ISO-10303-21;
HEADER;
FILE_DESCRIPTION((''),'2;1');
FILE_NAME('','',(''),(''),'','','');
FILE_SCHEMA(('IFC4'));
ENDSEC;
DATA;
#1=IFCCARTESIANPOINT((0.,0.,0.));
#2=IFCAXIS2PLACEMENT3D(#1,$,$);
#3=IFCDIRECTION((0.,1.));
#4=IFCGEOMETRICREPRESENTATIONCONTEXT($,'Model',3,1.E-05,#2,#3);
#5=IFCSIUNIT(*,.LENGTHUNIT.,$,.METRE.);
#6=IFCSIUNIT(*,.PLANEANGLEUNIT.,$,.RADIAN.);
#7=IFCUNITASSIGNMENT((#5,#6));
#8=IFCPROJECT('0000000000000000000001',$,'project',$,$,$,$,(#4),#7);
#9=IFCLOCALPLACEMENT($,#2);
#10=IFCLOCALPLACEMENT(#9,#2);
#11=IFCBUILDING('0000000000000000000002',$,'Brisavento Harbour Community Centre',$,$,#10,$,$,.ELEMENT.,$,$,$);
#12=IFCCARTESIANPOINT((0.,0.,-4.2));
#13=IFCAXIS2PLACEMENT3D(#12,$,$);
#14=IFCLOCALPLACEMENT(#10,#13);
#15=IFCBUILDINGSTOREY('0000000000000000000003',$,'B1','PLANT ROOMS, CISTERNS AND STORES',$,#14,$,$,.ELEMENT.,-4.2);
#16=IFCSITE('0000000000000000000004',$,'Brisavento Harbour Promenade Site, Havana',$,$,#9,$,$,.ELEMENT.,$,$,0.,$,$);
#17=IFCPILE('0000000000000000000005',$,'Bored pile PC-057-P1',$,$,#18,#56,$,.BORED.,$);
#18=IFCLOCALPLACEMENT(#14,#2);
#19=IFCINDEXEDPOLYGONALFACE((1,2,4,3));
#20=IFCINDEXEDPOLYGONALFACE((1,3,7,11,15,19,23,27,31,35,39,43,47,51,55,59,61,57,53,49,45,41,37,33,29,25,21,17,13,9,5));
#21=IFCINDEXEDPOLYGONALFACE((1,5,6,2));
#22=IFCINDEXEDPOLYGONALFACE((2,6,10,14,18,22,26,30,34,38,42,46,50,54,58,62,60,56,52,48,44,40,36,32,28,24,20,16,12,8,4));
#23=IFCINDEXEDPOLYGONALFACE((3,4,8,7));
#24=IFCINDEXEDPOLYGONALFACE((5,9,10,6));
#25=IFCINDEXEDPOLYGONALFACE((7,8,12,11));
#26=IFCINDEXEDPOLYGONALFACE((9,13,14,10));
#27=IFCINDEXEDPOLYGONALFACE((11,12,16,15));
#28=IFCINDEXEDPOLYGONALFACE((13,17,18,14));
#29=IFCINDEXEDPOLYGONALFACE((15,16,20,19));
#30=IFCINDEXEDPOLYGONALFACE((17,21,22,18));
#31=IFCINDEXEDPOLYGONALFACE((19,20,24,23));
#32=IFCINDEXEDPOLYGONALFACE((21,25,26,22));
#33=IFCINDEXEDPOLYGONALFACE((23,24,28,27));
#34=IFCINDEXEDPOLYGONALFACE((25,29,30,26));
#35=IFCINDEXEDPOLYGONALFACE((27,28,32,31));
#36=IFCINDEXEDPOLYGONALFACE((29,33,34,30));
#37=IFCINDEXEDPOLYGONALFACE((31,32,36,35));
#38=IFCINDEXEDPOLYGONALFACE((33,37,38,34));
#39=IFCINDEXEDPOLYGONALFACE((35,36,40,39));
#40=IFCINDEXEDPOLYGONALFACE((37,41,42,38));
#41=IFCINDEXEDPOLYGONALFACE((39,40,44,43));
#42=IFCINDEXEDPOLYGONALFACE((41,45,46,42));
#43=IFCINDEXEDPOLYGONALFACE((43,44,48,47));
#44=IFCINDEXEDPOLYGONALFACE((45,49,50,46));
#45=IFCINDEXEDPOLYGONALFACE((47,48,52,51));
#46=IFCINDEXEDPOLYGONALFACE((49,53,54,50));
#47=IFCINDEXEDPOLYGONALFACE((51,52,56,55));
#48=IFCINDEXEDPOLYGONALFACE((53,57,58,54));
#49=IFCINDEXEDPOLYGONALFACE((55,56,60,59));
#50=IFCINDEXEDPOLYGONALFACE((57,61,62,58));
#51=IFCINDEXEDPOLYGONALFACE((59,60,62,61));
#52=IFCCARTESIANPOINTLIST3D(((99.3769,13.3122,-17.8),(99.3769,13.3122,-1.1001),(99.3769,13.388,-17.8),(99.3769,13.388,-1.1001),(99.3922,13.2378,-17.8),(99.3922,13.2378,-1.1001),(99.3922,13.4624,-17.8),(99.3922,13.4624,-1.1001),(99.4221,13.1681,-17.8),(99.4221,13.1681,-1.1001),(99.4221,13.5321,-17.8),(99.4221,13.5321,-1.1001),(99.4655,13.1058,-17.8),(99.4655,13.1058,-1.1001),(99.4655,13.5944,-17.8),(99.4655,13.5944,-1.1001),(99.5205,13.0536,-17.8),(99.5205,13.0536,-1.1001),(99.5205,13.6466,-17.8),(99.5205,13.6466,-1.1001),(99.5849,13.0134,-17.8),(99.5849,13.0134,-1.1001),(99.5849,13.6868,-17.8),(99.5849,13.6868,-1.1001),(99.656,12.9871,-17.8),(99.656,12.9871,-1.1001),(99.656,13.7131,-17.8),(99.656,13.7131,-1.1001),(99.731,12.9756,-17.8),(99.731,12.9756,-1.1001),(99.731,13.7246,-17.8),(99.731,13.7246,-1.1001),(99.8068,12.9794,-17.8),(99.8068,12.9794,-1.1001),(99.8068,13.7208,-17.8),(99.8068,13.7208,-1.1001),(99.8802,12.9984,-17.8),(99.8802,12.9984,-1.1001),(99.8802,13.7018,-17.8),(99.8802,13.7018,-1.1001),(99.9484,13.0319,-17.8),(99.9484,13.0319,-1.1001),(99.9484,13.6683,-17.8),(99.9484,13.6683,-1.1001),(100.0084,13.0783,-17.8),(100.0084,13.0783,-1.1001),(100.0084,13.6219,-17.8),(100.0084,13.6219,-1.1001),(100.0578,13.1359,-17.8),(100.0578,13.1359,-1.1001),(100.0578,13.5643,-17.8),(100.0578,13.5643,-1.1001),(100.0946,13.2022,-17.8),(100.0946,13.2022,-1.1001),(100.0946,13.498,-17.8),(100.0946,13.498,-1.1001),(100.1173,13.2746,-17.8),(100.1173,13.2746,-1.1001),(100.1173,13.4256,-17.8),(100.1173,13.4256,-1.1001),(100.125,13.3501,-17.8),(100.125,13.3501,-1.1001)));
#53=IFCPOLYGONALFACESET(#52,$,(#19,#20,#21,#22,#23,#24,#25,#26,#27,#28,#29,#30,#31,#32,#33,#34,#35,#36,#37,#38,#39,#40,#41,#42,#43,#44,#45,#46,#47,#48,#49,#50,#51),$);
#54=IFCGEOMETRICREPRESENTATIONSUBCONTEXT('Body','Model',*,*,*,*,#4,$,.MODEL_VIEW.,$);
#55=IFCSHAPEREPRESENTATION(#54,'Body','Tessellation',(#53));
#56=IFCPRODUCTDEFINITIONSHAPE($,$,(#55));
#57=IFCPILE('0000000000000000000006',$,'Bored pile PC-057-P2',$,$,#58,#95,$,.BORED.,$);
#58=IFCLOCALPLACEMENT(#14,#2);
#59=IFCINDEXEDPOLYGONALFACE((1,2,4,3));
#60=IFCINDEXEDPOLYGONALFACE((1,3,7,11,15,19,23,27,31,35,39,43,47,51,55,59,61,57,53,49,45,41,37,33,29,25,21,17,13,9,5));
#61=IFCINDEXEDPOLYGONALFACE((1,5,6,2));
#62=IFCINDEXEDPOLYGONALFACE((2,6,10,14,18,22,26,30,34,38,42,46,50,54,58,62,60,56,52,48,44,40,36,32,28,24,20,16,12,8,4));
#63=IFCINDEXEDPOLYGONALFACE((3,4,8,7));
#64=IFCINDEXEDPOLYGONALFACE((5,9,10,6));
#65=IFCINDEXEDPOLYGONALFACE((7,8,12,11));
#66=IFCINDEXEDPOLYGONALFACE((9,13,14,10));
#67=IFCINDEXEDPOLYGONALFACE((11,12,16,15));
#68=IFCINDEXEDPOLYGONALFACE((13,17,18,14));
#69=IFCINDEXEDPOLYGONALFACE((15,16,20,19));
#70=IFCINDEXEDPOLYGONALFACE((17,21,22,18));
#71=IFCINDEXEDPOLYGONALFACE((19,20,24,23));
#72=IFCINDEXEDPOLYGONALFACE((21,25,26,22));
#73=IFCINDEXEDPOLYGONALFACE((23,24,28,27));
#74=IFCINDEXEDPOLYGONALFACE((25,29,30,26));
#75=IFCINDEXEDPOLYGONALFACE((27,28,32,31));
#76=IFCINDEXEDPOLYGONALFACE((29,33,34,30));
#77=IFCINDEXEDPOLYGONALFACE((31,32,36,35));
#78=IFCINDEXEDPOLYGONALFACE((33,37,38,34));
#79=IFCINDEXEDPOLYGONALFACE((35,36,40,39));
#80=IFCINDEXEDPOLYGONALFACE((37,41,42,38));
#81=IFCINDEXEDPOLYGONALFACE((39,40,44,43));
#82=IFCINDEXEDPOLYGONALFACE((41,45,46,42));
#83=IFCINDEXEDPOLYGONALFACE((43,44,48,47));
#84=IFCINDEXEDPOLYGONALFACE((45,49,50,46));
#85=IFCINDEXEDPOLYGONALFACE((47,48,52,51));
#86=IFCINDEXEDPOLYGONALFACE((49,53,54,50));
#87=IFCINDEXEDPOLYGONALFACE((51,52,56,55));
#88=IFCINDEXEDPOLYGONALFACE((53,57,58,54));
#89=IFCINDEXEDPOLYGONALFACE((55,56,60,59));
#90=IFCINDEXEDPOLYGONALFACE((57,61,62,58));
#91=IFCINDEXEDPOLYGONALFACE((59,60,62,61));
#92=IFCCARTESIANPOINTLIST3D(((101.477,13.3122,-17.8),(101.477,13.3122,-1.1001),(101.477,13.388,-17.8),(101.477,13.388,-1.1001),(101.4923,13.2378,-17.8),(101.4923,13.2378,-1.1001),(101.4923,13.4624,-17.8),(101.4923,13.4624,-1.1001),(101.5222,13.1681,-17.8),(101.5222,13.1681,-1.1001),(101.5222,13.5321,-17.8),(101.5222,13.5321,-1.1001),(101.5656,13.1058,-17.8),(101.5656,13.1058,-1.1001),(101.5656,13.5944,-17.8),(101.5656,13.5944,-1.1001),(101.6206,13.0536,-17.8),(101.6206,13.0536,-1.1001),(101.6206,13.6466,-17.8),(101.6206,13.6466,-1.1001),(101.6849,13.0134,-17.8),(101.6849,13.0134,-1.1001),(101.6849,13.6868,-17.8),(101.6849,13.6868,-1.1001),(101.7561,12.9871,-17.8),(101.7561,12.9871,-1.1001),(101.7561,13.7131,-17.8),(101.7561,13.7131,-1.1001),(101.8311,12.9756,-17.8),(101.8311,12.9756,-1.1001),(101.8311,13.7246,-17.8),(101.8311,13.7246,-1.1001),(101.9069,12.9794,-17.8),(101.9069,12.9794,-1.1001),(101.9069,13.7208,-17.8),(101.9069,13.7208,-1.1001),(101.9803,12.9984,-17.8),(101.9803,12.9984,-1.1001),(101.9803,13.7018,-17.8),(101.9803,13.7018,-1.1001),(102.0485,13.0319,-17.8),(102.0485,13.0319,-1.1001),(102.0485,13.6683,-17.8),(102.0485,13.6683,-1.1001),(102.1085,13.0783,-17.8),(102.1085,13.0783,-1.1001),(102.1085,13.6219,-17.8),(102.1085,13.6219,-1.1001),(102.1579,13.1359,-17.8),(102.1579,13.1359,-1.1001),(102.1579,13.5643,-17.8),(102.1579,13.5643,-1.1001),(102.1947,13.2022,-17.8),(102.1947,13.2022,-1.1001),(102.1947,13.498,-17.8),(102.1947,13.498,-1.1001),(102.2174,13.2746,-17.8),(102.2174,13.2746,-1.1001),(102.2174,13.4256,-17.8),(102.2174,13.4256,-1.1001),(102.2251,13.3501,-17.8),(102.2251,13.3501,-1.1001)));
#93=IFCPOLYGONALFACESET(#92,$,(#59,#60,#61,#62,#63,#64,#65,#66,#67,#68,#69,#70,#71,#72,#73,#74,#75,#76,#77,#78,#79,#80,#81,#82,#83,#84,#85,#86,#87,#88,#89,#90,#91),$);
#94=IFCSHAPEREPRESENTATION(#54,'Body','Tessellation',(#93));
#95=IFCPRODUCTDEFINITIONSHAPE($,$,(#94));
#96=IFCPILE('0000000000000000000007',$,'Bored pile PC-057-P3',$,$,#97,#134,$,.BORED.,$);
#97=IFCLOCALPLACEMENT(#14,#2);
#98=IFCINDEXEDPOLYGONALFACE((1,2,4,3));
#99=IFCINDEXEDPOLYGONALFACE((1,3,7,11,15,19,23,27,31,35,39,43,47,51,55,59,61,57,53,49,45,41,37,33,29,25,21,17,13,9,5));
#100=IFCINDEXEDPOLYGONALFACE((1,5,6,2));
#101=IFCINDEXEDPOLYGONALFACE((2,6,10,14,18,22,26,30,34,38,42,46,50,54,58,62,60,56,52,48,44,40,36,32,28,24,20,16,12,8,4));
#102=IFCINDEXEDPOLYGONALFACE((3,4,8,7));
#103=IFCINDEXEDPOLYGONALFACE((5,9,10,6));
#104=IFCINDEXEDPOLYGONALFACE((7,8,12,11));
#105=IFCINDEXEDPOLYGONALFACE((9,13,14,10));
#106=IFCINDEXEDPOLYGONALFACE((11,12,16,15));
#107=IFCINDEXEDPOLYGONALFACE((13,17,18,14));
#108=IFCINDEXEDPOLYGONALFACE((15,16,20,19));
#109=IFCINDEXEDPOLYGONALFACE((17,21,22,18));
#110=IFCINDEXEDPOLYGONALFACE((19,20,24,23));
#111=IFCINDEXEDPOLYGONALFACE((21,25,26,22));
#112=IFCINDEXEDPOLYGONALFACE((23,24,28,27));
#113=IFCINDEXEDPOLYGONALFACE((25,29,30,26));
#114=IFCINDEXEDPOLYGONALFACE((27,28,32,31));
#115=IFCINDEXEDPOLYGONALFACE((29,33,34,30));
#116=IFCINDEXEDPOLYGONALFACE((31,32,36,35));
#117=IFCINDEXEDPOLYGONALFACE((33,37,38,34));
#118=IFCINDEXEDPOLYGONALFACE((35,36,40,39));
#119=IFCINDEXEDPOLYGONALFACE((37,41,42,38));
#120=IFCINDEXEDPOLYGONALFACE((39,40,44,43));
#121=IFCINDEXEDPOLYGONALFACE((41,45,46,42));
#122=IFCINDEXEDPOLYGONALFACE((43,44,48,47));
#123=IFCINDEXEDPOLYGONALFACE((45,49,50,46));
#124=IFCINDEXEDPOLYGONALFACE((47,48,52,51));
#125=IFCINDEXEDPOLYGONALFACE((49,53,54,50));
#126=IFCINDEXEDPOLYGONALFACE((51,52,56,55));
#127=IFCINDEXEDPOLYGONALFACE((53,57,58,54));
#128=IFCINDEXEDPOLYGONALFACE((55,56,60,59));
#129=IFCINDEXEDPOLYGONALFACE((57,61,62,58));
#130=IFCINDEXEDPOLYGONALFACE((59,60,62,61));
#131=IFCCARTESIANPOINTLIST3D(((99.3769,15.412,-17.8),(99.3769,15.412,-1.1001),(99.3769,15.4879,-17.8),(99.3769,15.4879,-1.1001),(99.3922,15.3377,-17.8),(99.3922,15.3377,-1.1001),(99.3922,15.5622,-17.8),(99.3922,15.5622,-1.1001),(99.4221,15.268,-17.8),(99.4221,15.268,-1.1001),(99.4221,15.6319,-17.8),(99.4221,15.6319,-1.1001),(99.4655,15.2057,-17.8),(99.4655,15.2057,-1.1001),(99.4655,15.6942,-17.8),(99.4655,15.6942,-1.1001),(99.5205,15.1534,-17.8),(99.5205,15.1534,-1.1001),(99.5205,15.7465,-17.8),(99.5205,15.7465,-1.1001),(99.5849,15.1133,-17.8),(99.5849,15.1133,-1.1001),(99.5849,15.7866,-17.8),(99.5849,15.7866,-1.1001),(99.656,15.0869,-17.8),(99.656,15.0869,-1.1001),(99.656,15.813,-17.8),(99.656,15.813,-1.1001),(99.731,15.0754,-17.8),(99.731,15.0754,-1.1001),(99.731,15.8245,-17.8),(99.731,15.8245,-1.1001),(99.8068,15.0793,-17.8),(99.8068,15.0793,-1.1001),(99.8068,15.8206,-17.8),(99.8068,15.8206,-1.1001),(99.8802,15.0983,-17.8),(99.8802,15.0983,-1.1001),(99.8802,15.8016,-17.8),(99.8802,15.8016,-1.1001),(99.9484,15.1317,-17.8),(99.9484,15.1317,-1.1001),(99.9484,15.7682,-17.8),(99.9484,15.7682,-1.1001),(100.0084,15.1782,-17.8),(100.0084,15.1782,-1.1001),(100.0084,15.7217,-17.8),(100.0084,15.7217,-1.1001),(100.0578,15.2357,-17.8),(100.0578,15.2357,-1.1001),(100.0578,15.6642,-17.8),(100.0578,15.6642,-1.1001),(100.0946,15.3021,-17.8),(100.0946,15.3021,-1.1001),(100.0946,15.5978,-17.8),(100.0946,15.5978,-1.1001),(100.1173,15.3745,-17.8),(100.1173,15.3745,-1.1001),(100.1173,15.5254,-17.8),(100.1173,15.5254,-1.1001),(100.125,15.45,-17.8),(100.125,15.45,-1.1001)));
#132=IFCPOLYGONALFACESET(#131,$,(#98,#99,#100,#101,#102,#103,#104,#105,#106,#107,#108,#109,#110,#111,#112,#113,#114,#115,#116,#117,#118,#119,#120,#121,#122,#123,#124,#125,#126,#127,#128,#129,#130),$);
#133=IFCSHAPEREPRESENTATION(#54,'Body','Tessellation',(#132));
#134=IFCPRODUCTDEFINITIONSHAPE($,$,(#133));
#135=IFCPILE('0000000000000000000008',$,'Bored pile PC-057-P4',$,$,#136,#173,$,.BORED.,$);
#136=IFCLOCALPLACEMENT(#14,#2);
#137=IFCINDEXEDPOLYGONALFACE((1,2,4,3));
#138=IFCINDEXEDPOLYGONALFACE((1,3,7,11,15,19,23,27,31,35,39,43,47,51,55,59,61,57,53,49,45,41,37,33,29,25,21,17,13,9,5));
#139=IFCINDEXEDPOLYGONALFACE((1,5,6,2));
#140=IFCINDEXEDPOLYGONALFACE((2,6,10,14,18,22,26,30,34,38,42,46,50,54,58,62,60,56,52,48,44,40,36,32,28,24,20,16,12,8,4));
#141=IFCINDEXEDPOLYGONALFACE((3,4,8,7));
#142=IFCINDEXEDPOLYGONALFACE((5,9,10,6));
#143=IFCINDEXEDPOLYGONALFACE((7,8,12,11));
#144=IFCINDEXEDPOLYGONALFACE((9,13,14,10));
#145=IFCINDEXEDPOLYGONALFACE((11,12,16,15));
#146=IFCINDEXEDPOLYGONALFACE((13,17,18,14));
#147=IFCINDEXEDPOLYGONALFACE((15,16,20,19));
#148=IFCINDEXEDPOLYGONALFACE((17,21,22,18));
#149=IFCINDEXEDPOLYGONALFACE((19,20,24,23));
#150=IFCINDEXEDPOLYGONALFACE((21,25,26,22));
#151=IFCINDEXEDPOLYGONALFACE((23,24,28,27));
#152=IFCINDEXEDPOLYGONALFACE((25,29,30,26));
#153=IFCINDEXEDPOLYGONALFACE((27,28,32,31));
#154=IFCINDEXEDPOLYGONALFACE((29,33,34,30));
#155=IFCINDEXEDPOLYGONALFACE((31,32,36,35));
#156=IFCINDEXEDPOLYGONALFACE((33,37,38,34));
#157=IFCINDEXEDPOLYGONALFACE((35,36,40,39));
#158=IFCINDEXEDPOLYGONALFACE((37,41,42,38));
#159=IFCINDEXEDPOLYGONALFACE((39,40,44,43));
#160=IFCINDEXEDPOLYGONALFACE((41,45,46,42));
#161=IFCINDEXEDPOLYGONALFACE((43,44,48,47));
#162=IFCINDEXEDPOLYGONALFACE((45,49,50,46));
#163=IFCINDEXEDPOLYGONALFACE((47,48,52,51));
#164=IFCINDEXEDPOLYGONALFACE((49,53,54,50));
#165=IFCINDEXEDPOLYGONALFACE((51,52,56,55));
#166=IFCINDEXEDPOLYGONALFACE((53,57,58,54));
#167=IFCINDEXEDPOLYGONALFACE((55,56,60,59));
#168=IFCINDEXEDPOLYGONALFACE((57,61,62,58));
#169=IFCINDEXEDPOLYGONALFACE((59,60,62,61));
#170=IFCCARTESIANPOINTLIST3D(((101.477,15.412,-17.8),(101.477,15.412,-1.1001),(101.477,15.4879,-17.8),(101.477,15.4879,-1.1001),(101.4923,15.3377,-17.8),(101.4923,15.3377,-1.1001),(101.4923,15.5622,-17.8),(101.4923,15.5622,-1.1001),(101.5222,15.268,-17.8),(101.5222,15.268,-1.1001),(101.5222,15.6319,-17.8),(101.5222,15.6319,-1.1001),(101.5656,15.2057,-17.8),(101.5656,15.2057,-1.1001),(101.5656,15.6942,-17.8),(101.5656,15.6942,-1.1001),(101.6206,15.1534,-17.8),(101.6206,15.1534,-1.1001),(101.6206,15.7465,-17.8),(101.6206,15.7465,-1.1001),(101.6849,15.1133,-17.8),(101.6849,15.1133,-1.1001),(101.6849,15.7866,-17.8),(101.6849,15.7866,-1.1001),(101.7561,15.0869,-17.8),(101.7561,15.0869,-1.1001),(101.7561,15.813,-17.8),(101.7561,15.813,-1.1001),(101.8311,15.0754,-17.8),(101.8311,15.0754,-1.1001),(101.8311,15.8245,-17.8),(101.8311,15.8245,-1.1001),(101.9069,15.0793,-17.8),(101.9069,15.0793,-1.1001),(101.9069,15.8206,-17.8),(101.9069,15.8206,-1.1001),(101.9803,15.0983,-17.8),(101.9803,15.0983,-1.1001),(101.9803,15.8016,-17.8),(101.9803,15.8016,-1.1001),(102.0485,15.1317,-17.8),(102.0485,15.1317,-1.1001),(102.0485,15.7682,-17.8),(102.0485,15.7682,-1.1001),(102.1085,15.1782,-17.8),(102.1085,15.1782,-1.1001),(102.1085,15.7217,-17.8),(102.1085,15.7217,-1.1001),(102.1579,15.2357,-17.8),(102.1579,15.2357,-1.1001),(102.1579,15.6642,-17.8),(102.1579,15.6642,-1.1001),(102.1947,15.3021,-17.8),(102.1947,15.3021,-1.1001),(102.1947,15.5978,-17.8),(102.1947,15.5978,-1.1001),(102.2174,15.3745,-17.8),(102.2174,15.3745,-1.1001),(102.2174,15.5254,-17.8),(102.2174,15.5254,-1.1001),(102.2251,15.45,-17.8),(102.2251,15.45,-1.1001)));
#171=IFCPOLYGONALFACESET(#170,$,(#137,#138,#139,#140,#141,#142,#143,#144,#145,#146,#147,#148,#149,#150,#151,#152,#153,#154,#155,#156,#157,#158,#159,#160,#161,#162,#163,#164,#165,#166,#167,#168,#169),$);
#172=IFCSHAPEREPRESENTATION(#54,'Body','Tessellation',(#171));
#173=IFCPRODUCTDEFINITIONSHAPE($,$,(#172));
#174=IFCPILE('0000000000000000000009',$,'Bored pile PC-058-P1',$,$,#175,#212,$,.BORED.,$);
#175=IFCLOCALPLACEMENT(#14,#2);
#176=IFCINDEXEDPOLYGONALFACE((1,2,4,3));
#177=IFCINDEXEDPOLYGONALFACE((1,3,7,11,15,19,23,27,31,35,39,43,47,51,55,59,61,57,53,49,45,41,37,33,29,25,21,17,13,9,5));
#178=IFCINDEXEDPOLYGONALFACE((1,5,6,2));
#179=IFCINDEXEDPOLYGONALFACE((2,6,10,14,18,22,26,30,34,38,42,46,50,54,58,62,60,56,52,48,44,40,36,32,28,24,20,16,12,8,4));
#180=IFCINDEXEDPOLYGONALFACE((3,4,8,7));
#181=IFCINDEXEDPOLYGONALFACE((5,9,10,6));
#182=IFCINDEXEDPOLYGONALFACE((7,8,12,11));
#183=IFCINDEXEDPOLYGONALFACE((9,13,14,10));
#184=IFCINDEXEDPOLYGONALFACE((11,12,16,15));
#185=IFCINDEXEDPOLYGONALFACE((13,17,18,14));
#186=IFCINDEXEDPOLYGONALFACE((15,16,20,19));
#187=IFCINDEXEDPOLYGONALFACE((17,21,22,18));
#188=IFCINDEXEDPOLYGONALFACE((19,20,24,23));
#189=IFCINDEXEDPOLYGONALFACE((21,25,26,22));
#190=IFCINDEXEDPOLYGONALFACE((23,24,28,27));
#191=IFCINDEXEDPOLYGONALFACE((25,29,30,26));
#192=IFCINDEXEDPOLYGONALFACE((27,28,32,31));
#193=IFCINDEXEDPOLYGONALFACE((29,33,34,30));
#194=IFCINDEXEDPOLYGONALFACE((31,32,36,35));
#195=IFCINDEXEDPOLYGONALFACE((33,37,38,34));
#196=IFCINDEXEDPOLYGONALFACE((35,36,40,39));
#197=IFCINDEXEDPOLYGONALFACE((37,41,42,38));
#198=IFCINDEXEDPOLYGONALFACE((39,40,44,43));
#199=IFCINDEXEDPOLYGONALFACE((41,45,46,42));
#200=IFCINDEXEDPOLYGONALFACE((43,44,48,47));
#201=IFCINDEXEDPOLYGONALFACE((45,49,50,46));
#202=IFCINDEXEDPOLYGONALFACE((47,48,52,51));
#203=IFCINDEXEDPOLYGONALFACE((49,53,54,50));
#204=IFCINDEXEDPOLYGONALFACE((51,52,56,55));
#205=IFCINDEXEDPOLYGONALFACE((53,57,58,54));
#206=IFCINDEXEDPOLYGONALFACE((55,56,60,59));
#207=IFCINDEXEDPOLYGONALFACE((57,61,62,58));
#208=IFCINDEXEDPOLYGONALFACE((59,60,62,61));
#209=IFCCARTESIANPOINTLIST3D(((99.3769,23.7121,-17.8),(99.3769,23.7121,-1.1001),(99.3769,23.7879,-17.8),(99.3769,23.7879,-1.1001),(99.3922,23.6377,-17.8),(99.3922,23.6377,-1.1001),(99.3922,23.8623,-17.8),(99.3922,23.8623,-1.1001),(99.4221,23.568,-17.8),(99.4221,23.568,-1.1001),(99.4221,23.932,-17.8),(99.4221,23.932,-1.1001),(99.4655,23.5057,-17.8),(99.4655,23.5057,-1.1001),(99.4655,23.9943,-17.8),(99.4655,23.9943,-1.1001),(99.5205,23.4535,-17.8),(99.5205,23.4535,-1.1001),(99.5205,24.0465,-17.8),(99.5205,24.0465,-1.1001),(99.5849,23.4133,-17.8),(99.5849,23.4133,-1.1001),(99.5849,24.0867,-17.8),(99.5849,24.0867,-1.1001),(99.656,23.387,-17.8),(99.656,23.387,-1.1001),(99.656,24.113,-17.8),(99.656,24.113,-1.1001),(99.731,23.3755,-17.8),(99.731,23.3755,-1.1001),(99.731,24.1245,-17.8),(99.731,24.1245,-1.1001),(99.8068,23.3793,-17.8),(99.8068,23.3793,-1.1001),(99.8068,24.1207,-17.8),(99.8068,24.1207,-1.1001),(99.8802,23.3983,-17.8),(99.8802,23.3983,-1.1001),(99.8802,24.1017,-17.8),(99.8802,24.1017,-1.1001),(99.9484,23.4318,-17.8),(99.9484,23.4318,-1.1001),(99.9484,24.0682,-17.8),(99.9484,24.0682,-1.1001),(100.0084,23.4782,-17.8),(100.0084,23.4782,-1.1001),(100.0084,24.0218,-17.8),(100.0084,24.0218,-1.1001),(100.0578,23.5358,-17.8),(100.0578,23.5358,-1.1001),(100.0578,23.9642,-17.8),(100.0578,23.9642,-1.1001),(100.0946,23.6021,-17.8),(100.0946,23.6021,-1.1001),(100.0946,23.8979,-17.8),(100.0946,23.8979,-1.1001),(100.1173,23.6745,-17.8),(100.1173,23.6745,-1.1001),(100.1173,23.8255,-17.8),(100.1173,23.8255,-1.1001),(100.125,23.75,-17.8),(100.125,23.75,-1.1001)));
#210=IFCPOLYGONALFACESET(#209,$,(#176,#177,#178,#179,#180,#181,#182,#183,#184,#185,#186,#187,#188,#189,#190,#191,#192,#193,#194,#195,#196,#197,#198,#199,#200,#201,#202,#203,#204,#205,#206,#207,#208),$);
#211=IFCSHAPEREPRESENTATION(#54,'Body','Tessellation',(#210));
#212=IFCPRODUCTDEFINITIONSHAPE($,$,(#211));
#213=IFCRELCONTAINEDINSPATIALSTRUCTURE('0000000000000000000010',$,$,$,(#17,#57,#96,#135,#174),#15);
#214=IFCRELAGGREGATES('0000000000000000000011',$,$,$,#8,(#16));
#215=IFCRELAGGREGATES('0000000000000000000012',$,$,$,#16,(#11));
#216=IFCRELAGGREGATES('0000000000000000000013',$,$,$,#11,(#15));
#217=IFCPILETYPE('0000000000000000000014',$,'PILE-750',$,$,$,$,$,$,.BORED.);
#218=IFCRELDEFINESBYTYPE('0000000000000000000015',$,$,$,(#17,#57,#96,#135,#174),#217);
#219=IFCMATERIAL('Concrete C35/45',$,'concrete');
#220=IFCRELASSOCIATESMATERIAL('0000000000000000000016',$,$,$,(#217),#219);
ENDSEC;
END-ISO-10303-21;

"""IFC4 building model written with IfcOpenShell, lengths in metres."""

from ifc_helpers import new_model, si_unit, direction, frame, origin, origin_2d, place, context, subcontext, project, spatial, circle, extrude, material, material_profile, profile_set, type_object, element, save


model = new_model("IFC4")

# Units and contexts
model_context = context("Model", 3, precision=1e-05, world=origin(), true_north=direction((0.0, 1.0)))
body_context = subcontext(model_context, "Body", "Model", "MODEL_VIEW")
ifc_project = project(units=[si_unit("LENGTHUNIT", "METRE"), si_unit("PLANEANGLEUNIT", "RADIAN")], contexts=[model_context])

# Site, building, storey
site_placement = place(None, origin())
site = spatial("IfcSite", under=ifc_project, at=site_placement, Name="Brisavento Harbour Promenade Site, Havana", CompositionType="ELEMENT", RefElevation=0.0)
building_placement = place(site_placement, origin())
building = spatial("IfcBuilding", under=site, at=building_placement, Name="Brisavento Harbour Community Centre", CompositionType="ELEMENT")
storey_placement = place(building_placement, frame((0.0, 0.0, -4.2)))
storey = spatial("IfcBuildingStorey", under=building, at=storey_placement, Name="B1", Description="PLANT ROOMS, CISTERNS AND STORES", CompositionType="ELEMENT", Elevation=-4.2)

# Shared definitions
ifc_material_1 = material(Name="Concrete C35/45", Category="concrete")

# Piles
ifc_material_profile_1 = material_profile(ifc_material_1, circle(Radius=0.375, at=origin_2d()), Name="Concrete C35/45")
ifc_profile_set_1 = profile_set([ifc_material_profile_1], Name="Concrete C35/45")
pile_type = type_object("IfcPileType", Name="PILE-750", PredefinedType="BORED", material=ifc_profile_set_1)
for number, where, z_axis, x_axis, name in (
    (1, (99.75, 13.3501, -1.1001), (0.0, 0.0, -1.0), (1.0, 0.0, 0.0), "Bored pile PC-057-P1"),
    (2, (101.8501, 13.3501, -1.1001), (0.0, 0.0, -1.0), (1.0, 0.0, 0.0), "Bored pile PC-057-P2"),
    (3, (99.75, 15.45, -1.1001), (0.0, 0.0, -1.0), (1.0, 0.0, 0.0), "Bored pile PC-057-P3"),
    (4, (101.8501, 15.45, -1.1001), (0.0, 0.0, -1.0), (1.0, 0.0, 0.0), "Bored pile PC-057-P4"),
    (5, (99.75, 23.75, -1.1001), (0.0, 0.0, -1.0), (1.0, 0.0, 0.0), "Bored pile PC-058-P1"),
):
    element("IfcPile", number, at=place(storey_placement, frame(where, z_axis=z_axis, x_axis=x_axis)), inside=storey, type_object=pile_type, Name=name, PredefinedType="BORED", context=body_context, shape_type="SweptSolid", body=[
        extrude(circle(Radius=0.375, at=origin_2d()), origin(), (0.0, 0.0, 1.0), 16.7),
    ])

save(model, "model.ifc")
